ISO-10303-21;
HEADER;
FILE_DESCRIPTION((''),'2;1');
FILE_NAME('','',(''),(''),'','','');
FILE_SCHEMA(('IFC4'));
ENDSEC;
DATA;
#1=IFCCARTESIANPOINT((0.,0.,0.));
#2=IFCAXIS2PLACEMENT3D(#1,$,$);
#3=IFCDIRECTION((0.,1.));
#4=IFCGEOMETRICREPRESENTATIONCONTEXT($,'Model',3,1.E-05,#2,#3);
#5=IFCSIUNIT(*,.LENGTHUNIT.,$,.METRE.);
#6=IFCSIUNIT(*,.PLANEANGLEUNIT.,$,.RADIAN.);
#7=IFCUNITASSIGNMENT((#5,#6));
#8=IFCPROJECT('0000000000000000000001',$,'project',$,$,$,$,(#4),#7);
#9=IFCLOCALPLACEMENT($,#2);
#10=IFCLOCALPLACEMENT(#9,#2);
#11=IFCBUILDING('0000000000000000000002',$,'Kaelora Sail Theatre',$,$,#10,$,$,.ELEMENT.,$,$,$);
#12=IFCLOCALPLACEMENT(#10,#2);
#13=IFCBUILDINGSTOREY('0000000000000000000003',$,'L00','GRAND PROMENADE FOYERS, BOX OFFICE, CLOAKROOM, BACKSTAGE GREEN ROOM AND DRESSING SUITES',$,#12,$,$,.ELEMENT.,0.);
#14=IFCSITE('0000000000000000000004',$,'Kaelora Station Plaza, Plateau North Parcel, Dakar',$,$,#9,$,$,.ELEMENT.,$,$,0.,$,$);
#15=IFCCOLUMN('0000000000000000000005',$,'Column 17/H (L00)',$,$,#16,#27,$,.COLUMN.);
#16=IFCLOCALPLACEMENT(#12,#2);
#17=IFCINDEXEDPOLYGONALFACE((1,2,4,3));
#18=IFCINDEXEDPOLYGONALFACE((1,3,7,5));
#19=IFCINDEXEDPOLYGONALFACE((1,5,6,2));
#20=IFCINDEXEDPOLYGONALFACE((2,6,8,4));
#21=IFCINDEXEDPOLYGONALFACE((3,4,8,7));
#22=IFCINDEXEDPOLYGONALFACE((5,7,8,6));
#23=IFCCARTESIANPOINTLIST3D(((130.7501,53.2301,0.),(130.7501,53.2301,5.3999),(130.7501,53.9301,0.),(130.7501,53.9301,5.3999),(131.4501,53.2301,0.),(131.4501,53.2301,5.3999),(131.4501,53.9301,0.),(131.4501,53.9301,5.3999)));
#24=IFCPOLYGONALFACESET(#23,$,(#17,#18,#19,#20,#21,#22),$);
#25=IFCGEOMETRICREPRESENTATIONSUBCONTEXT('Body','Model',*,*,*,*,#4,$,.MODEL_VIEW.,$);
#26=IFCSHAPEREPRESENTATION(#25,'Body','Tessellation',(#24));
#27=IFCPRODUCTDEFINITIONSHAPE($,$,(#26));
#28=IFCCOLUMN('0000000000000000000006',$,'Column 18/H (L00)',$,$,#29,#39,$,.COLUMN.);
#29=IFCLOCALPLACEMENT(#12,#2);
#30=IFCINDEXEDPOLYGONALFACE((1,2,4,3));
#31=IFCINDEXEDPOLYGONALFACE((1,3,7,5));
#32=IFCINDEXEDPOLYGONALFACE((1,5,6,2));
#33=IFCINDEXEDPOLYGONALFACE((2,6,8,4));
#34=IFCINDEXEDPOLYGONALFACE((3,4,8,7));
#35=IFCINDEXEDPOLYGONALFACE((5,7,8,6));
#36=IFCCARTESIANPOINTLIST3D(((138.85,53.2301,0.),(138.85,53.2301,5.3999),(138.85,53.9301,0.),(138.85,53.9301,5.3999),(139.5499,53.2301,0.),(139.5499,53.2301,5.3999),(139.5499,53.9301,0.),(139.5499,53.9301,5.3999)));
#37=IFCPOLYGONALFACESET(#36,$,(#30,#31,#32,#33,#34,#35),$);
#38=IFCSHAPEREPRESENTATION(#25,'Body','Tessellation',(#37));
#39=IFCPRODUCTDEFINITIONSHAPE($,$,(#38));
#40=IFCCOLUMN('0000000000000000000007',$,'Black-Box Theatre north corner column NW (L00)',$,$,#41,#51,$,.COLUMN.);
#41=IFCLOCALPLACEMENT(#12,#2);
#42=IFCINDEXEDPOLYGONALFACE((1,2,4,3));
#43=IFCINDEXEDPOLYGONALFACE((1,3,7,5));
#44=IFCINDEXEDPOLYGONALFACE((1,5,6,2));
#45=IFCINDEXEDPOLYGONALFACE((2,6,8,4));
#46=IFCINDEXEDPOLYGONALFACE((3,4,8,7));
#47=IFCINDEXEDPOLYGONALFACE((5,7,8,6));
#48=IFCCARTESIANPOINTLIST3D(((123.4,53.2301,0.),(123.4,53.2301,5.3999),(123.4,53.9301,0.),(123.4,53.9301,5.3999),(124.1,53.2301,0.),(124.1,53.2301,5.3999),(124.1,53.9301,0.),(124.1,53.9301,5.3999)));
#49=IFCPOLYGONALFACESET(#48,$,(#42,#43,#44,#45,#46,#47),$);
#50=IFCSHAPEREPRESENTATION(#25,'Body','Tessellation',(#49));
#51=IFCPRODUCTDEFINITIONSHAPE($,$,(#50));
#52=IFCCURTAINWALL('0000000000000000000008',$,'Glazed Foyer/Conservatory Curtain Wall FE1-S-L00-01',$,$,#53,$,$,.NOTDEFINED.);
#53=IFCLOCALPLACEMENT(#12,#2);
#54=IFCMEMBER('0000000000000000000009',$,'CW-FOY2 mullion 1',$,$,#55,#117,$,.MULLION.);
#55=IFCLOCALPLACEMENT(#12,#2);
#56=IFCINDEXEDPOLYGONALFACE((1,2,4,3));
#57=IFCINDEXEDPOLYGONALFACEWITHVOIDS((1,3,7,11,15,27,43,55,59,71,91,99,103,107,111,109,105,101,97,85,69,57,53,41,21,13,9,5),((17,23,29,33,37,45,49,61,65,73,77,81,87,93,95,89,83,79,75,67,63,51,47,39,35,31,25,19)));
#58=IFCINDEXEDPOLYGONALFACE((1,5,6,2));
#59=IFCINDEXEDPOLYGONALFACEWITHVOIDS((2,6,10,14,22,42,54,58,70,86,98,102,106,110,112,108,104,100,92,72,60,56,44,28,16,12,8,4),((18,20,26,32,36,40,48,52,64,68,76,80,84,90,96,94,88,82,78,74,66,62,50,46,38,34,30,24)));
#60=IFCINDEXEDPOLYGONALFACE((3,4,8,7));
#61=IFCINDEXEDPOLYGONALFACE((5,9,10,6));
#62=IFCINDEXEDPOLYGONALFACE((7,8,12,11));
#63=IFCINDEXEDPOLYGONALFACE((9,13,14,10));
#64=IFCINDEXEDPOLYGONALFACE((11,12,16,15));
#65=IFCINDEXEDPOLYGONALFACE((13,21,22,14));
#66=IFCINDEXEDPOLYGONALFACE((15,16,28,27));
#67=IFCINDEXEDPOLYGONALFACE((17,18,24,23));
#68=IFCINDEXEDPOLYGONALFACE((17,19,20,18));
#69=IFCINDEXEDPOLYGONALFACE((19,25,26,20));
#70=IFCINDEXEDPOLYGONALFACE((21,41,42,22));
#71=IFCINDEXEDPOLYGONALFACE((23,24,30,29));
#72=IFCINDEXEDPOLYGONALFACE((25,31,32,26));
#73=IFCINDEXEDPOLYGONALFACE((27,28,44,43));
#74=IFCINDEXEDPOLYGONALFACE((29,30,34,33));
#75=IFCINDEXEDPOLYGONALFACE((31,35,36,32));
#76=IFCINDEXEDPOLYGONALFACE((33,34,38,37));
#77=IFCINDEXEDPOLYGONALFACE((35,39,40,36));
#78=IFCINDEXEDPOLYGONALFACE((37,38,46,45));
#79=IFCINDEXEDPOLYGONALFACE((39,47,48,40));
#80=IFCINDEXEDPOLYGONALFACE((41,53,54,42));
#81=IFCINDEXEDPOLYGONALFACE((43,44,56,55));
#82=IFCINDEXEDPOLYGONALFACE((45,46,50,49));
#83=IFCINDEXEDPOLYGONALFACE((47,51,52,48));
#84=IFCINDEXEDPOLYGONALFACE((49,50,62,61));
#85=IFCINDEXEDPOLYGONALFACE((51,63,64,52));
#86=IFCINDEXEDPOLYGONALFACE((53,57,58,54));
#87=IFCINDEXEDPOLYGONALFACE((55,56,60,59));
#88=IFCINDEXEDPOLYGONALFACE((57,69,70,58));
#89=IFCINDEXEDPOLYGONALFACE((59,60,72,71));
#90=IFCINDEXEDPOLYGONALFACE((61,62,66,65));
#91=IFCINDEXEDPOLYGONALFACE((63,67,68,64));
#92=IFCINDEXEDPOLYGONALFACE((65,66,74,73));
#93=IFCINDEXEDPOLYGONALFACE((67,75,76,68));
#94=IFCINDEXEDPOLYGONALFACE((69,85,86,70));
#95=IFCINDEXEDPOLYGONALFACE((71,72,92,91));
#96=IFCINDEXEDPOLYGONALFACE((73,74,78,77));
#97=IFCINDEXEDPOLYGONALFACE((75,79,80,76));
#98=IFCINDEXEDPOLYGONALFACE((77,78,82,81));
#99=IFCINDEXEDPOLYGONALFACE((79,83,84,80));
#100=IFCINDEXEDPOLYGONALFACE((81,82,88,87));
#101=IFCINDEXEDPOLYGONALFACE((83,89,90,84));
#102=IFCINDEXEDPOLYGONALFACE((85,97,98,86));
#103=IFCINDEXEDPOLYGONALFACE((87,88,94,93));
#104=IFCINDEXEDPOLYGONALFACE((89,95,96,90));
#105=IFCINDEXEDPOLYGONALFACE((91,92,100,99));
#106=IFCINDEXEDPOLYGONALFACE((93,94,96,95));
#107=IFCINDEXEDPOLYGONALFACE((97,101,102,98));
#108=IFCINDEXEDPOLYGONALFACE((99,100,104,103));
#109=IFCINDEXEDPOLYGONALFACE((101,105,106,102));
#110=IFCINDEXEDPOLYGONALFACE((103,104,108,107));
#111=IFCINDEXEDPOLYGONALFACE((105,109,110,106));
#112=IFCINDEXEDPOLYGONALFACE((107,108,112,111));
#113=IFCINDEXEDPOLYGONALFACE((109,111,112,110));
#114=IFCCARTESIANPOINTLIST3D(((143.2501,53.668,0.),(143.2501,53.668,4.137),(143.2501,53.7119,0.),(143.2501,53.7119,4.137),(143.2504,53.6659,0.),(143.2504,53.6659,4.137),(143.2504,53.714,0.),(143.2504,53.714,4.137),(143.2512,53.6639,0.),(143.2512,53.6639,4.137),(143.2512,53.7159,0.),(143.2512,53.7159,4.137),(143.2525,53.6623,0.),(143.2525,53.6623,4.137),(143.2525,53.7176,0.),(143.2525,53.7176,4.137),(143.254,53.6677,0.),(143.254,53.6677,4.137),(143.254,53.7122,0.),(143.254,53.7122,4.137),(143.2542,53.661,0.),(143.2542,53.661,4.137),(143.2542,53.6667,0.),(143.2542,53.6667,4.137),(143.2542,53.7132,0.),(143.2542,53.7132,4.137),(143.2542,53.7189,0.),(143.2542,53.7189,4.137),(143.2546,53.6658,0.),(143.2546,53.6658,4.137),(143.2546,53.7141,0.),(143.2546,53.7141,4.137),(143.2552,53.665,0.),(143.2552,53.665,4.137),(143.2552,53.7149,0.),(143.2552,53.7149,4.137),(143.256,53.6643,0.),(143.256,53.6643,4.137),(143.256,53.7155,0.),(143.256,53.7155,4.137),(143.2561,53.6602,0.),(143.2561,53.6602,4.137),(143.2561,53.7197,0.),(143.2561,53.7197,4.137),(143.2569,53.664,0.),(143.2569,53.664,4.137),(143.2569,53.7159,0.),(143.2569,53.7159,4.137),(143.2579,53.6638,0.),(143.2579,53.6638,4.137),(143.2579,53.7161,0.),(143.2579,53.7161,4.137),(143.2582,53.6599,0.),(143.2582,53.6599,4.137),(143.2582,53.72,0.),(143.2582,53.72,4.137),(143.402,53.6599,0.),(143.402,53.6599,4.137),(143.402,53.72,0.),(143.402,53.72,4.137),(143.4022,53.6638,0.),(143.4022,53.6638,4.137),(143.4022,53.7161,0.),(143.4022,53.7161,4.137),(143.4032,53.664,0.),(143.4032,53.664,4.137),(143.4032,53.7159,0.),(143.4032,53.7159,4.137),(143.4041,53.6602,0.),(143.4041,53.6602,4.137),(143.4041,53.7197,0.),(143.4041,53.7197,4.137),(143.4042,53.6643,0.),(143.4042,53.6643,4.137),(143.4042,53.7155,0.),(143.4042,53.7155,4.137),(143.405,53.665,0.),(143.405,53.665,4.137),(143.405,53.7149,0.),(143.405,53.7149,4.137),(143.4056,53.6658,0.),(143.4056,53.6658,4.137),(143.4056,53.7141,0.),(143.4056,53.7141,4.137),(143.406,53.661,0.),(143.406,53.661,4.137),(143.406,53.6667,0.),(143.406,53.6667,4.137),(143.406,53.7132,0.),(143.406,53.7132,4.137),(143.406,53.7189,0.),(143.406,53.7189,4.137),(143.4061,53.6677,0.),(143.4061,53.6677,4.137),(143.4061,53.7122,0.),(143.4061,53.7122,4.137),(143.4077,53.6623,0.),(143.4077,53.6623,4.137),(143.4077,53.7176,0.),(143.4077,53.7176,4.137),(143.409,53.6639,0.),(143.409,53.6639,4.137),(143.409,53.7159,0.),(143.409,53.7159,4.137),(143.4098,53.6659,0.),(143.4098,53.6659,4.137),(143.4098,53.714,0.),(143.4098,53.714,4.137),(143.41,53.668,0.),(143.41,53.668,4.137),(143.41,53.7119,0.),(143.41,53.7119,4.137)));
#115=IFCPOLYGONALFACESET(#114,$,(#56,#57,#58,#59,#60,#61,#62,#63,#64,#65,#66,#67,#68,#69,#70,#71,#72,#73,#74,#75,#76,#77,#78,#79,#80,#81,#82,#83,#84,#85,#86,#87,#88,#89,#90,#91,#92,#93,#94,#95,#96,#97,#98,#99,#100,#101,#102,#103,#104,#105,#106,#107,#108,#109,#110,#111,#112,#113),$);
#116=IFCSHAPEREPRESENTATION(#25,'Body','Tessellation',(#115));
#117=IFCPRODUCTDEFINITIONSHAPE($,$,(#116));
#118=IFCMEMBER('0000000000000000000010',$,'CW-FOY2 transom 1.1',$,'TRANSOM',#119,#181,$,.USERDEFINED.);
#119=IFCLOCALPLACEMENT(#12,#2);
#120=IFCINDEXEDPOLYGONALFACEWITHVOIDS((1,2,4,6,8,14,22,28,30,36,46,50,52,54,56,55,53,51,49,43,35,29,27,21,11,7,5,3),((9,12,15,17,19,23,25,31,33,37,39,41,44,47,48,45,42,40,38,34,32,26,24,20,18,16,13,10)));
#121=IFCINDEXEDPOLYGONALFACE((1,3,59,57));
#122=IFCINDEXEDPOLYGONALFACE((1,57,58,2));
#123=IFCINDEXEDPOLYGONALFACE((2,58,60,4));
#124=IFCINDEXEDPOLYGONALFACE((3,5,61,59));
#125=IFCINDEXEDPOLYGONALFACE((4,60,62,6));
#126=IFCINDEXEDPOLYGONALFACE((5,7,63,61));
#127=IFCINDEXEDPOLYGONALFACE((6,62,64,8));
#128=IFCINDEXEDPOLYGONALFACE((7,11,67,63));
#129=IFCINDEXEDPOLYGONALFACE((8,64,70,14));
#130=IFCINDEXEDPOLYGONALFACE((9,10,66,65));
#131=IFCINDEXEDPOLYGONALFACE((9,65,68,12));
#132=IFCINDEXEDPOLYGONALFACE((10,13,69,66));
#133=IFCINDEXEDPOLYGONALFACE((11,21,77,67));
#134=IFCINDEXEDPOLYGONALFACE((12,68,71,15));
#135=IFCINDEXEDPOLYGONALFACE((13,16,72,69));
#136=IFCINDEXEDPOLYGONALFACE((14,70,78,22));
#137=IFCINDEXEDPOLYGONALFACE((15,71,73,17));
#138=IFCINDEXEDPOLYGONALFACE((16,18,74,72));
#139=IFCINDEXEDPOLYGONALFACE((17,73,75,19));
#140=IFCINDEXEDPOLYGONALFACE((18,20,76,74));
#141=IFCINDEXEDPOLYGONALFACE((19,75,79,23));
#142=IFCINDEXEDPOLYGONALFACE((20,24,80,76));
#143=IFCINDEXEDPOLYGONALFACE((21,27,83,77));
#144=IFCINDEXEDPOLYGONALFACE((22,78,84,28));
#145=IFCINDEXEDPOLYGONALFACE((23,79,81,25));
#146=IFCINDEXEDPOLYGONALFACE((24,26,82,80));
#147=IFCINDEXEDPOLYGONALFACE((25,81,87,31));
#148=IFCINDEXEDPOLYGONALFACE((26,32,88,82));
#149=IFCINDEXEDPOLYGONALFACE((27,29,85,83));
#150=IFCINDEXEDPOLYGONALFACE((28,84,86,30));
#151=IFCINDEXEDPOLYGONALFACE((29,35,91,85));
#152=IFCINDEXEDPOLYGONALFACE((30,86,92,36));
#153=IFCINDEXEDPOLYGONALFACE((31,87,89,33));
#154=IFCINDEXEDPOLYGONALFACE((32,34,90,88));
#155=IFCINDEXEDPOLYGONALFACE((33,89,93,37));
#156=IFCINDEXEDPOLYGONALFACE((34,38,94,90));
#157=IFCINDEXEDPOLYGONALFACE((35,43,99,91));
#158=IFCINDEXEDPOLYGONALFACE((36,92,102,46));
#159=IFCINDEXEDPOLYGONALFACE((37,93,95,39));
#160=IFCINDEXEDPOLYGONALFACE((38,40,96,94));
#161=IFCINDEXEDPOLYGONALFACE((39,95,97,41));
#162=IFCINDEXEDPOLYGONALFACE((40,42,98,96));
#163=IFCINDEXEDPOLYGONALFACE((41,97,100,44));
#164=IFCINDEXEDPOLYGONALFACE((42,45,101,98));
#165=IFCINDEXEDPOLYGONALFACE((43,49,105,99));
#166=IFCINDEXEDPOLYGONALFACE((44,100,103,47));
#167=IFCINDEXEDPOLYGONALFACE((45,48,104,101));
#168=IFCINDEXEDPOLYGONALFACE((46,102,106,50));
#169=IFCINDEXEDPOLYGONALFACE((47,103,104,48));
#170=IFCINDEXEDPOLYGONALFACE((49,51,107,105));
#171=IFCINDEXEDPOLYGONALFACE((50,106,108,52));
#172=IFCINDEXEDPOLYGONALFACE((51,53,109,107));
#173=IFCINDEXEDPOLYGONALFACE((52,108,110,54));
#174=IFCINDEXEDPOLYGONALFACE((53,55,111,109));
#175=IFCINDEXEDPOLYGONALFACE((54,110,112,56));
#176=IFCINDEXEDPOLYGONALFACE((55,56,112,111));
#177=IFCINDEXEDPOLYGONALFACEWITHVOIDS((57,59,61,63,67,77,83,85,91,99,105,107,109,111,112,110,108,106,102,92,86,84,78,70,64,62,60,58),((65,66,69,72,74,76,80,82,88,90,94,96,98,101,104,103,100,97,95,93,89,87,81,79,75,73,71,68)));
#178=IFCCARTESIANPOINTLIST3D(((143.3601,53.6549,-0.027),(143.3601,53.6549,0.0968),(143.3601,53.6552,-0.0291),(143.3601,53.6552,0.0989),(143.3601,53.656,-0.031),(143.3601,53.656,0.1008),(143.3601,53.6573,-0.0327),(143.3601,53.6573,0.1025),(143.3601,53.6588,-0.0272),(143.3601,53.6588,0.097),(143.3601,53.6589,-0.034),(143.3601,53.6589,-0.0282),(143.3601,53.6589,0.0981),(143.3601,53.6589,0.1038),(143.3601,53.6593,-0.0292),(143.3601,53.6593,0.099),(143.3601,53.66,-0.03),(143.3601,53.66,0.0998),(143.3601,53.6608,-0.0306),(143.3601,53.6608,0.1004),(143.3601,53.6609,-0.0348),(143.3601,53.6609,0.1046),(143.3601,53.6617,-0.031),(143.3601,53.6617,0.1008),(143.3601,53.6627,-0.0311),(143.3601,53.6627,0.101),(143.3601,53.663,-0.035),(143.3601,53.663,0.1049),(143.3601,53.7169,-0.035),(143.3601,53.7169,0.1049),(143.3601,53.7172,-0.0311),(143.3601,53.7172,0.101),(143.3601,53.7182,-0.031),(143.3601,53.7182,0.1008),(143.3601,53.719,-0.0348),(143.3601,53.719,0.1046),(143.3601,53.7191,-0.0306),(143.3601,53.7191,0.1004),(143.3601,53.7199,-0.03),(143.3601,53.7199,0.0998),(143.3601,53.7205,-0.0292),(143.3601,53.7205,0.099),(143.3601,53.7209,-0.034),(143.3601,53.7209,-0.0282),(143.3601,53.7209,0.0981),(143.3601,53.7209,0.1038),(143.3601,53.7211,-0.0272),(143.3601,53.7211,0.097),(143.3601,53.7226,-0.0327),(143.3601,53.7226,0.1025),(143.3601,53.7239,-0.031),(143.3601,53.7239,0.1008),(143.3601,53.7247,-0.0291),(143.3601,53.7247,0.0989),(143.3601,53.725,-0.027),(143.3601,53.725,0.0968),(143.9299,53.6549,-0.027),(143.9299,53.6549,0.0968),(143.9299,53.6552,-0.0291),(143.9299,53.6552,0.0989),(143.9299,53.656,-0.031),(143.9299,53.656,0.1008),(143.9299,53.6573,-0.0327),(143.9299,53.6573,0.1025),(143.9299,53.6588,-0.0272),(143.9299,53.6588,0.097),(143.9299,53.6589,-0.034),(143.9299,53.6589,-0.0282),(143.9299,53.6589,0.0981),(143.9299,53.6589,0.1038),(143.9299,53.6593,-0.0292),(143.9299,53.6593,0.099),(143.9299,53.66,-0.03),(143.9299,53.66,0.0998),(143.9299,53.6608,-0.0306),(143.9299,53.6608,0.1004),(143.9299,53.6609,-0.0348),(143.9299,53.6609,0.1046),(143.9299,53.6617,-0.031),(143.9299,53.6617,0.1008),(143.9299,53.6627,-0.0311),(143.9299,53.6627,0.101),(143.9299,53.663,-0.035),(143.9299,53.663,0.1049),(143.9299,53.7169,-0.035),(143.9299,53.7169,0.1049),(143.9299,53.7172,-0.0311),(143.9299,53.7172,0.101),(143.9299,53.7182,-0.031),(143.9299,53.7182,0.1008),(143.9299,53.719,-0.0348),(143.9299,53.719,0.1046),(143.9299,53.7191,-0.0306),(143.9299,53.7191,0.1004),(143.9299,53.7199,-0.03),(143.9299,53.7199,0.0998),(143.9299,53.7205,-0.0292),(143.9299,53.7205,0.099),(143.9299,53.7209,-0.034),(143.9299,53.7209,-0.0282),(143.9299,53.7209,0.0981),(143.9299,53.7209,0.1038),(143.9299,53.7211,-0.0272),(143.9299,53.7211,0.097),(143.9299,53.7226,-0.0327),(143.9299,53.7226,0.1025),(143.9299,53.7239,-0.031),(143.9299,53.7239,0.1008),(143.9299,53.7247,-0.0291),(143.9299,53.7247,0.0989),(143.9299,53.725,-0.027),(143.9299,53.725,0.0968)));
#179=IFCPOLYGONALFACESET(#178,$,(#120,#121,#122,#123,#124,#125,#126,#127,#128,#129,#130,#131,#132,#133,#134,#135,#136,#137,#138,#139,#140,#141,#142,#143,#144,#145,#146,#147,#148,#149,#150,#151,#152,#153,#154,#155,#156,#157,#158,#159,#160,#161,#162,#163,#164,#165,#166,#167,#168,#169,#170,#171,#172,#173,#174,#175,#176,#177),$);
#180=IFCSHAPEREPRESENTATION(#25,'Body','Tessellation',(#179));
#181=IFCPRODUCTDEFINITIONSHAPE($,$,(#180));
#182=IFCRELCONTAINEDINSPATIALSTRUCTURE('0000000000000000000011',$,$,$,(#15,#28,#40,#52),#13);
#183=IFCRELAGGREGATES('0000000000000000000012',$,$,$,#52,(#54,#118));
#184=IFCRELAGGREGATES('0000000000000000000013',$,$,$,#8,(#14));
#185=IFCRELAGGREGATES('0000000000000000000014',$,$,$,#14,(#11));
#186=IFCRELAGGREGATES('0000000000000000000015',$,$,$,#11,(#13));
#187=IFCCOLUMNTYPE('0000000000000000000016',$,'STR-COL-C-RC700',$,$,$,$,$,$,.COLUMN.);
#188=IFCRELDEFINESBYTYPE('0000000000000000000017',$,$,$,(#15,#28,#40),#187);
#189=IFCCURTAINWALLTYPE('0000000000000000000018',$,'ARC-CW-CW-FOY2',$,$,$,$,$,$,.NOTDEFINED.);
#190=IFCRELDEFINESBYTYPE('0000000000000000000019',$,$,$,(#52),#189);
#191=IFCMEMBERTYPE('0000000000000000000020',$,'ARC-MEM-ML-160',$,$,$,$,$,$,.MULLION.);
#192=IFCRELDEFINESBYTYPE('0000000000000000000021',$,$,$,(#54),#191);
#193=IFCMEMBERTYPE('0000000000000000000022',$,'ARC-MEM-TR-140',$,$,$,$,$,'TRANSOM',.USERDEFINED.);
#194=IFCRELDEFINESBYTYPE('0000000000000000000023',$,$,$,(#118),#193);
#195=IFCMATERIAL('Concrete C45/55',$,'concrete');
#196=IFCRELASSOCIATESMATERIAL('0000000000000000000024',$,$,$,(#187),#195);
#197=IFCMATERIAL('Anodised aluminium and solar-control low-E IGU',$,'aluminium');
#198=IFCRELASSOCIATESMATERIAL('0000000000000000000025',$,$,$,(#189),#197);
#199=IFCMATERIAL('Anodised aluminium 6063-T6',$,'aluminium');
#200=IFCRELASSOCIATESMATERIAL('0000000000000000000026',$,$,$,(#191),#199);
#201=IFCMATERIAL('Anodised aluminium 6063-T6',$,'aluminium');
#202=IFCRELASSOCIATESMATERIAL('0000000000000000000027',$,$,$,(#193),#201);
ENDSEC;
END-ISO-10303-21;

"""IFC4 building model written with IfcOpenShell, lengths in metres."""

from ifc_helpers import new_model, si_unit, direction, frame, origin, origin_2d, place, context, subcontext, project, spatial, rectangle, hollow_rectangle, extrude, material, material_profile, profile_set, type_object, element, aggregate, save


model = new_model("IFC4")

# Units and contexts
model_context = context("Model", 3, precision=1e-05, world=origin(), true_north=direction((0.0, 1.0)))
body_context = subcontext(model_context, "Body", "Model", "MODEL_VIEW")
ifc_project = project(units=[si_unit("LENGTHUNIT", "METRE"), si_unit("PLANEANGLEUNIT", "RADIAN")], contexts=[model_context])

# Site, building, storey
site_placement = place(None, origin())
site = spatial("IfcSite", under=ifc_project, at=site_placement, Name="Kaelora Station Plaza, Plateau North Parcel, Dakar", CompositionType="ELEMENT", RefElevation=0.0)
building_placement = place(site_placement, origin())
building = spatial("IfcBuilding", under=site, at=building_placement, Name="Kaelora Sail Theatre", CompositionType="ELEMENT")
storey_placement = place(building_placement, origin())
storey = spatial("IfcBuildingStorey", under=building, at=storey_placement, Name="L00", Description="GRAND PROMENADE FOYERS, BOX OFFICE, CLOAKROOM, BACKSTAGE GREEN ROOM AND DRESSING SUITES", CompositionType="ELEMENT", Elevation=0.0)

# Columns
ifc_material_1 = material(Name="Concrete C45/55", Category="concrete")
ifc_material_profile_1 = material_profile(ifc_material_1, rectangle(XDim=0.7, YDim=0.7, at=origin_2d()), Name="RC-COL 700x700")
ifc_profile_set_1 = profile_set([ifc_material_profile_1], Name="Concrete C45/55")
column_type = type_object("IfcColumnType", Name="STR-COL-C-RC700", PredefinedType="COLUMN", material=ifc_profile_set_1)
for number, where, z_axis, x_axis, name in (
    (1, (131.1001, 53.5801, 0.0), (0.0, 0.0, 1.0), (1.0, 0.0, 0.0), "Column 17/H (L00)"),
    (2, (139.2, 53.5801, 0.0), (0.0, 0.0, 1.0), (1.0, 0.0, 0.0), "Column 18/H (L00)"),
    (3, (123.75, 53.5801, 0.0), (0.0, 0.0, 1.0), (1.0, 0.0, 0.0), "Black-Box Theatre north corner column NW (L00)"),
):
    element("IfcColumn", number, at=place(storey_placement, frame(where, z_axis=z_axis, x_axis=x_axis)), inside=storey, type_object=column_type, Name=name, PredefinedType="COLUMN", context=body_context, shape_type="SweptSolid", body=[
        extrude(rectangle(XDim=0.7, YDim=0.7, at=origin_2d()), origin(), (0.0, 0.0, 1.0), 5.3999),
    ])

# Curtain wall, members
ifc_material_2 = material(Name="Anodised aluminium and solar-control low-E IGU", Category="aluminium")
curtain_wall_type = type_object("IfcCurtainWallType", Name="ARC-CW-CW-FOY2", PredefinedType="NOTDEFINED", material=ifc_material_2)
curtain_wall_placement = place(storey_placement, origin())
curtain_wall = element("IfcCurtainWall", 4, at=curtain_wall_placement, inside=storey, type_object=curtain_wall_type, Name="Glazed Foyer/Conservatory Curtain Wall FE1-S-L00-01", PredefinedType="NOTDEFINED")
ifc_material_3 = material(Name="Anodised aluminium 6063-T6", Category="aluminium")
ifc_material_profile_2 = material_profile(ifc_material_3, hollow_rectangle(XDim=0.0601, YDim=0.1599, WallThickness=0.0039, InnerFilletRadius=0.0039, OuterFilletRadius=0.0081, at=origin_2d()), Name="ALU-MULL 60x160x4")
ifc_profile_set_2 = profile_set([ifc_material_profile_2], Name="Anodised aluminium 6063-T6")
member_type_1 = type_object("IfcMemberType", Name="ARC-MEM-ML-160", PredefinedType="MULLION", material=ifc_profile_set_2)
member_1_placement = place(storey_placement, frame((143.3301, 53.6899, 0.0), z_axis=(0.0, 0.0, 1.0), x_axis=(0.0, 1.0, 0.0)))
member_1 = element("IfcMember", 5, at=member_1_placement, type_object=member_type_1, Name="CW-FOY2 mullion 1", PredefinedType="MULLION", context=body_context, shape_type="SweptSolid", body=[
    extrude(hollow_rectangle(XDim=0.0601, YDim=0.1599, WallThickness=0.0039, InnerFilletRadius=0.0039, OuterFilletRadius=0.0081, at=origin_2d()), origin(), (0.0, 0.0, 1.0), 4.137),
])
ifc_material_4 = material(Name="Anodised aluminium 6063-T6", Category="aluminium")
ifc_material_profile_3 = material_profile(ifc_material_4, hollow_rectangle(XDim=0.0701, YDim=0.1399, WallThickness=0.0039, InnerFilletRadius=0.0039, OuterFilletRadius=0.0081, at=origin_2d()), Name="ALU-TRAN 70x140x4")
ifc_profile_set_3 = profile_set([ifc_material_profile_3], Name="Anodised aluminium 6063-T6")
member_type_2 = type_object("IfcMemberType", Name="ARC-MEM-TR-140", ElementType="TRANSOM", PredefinedType="USERDEFINED", material=ifc_profile_set_3)
member_2_placement = place(storey_placement, frame((143.3601, 53.6899, 0.0349), z_axis=(1.0, 0.0, 0.0), x_axis=(0.0, 1.0, 0.0)))
member_2 = element("IfcMember", 6, at=member_2_placement, type_object=member_type_2, Name="CW-FOY2 transom 1.1", ObjectType="TRANSOM", PredefinedType="USERDEFINED", context=body_context, shape_type="SweptSolid", body=[
    extrude(hollow_rectangle(XDim=0.0701, YDim=0.1399, WallThickness=0.0039, InnerFilletRadius=0.0039, OuterFilletRadius=0.0081, at=origin_2d()), origin(), (0.0, 0.0, 1.0), 0.5698),
])
aggregate(curtain_wall, [member_1, member_2])

save(model, "model.ifc")
